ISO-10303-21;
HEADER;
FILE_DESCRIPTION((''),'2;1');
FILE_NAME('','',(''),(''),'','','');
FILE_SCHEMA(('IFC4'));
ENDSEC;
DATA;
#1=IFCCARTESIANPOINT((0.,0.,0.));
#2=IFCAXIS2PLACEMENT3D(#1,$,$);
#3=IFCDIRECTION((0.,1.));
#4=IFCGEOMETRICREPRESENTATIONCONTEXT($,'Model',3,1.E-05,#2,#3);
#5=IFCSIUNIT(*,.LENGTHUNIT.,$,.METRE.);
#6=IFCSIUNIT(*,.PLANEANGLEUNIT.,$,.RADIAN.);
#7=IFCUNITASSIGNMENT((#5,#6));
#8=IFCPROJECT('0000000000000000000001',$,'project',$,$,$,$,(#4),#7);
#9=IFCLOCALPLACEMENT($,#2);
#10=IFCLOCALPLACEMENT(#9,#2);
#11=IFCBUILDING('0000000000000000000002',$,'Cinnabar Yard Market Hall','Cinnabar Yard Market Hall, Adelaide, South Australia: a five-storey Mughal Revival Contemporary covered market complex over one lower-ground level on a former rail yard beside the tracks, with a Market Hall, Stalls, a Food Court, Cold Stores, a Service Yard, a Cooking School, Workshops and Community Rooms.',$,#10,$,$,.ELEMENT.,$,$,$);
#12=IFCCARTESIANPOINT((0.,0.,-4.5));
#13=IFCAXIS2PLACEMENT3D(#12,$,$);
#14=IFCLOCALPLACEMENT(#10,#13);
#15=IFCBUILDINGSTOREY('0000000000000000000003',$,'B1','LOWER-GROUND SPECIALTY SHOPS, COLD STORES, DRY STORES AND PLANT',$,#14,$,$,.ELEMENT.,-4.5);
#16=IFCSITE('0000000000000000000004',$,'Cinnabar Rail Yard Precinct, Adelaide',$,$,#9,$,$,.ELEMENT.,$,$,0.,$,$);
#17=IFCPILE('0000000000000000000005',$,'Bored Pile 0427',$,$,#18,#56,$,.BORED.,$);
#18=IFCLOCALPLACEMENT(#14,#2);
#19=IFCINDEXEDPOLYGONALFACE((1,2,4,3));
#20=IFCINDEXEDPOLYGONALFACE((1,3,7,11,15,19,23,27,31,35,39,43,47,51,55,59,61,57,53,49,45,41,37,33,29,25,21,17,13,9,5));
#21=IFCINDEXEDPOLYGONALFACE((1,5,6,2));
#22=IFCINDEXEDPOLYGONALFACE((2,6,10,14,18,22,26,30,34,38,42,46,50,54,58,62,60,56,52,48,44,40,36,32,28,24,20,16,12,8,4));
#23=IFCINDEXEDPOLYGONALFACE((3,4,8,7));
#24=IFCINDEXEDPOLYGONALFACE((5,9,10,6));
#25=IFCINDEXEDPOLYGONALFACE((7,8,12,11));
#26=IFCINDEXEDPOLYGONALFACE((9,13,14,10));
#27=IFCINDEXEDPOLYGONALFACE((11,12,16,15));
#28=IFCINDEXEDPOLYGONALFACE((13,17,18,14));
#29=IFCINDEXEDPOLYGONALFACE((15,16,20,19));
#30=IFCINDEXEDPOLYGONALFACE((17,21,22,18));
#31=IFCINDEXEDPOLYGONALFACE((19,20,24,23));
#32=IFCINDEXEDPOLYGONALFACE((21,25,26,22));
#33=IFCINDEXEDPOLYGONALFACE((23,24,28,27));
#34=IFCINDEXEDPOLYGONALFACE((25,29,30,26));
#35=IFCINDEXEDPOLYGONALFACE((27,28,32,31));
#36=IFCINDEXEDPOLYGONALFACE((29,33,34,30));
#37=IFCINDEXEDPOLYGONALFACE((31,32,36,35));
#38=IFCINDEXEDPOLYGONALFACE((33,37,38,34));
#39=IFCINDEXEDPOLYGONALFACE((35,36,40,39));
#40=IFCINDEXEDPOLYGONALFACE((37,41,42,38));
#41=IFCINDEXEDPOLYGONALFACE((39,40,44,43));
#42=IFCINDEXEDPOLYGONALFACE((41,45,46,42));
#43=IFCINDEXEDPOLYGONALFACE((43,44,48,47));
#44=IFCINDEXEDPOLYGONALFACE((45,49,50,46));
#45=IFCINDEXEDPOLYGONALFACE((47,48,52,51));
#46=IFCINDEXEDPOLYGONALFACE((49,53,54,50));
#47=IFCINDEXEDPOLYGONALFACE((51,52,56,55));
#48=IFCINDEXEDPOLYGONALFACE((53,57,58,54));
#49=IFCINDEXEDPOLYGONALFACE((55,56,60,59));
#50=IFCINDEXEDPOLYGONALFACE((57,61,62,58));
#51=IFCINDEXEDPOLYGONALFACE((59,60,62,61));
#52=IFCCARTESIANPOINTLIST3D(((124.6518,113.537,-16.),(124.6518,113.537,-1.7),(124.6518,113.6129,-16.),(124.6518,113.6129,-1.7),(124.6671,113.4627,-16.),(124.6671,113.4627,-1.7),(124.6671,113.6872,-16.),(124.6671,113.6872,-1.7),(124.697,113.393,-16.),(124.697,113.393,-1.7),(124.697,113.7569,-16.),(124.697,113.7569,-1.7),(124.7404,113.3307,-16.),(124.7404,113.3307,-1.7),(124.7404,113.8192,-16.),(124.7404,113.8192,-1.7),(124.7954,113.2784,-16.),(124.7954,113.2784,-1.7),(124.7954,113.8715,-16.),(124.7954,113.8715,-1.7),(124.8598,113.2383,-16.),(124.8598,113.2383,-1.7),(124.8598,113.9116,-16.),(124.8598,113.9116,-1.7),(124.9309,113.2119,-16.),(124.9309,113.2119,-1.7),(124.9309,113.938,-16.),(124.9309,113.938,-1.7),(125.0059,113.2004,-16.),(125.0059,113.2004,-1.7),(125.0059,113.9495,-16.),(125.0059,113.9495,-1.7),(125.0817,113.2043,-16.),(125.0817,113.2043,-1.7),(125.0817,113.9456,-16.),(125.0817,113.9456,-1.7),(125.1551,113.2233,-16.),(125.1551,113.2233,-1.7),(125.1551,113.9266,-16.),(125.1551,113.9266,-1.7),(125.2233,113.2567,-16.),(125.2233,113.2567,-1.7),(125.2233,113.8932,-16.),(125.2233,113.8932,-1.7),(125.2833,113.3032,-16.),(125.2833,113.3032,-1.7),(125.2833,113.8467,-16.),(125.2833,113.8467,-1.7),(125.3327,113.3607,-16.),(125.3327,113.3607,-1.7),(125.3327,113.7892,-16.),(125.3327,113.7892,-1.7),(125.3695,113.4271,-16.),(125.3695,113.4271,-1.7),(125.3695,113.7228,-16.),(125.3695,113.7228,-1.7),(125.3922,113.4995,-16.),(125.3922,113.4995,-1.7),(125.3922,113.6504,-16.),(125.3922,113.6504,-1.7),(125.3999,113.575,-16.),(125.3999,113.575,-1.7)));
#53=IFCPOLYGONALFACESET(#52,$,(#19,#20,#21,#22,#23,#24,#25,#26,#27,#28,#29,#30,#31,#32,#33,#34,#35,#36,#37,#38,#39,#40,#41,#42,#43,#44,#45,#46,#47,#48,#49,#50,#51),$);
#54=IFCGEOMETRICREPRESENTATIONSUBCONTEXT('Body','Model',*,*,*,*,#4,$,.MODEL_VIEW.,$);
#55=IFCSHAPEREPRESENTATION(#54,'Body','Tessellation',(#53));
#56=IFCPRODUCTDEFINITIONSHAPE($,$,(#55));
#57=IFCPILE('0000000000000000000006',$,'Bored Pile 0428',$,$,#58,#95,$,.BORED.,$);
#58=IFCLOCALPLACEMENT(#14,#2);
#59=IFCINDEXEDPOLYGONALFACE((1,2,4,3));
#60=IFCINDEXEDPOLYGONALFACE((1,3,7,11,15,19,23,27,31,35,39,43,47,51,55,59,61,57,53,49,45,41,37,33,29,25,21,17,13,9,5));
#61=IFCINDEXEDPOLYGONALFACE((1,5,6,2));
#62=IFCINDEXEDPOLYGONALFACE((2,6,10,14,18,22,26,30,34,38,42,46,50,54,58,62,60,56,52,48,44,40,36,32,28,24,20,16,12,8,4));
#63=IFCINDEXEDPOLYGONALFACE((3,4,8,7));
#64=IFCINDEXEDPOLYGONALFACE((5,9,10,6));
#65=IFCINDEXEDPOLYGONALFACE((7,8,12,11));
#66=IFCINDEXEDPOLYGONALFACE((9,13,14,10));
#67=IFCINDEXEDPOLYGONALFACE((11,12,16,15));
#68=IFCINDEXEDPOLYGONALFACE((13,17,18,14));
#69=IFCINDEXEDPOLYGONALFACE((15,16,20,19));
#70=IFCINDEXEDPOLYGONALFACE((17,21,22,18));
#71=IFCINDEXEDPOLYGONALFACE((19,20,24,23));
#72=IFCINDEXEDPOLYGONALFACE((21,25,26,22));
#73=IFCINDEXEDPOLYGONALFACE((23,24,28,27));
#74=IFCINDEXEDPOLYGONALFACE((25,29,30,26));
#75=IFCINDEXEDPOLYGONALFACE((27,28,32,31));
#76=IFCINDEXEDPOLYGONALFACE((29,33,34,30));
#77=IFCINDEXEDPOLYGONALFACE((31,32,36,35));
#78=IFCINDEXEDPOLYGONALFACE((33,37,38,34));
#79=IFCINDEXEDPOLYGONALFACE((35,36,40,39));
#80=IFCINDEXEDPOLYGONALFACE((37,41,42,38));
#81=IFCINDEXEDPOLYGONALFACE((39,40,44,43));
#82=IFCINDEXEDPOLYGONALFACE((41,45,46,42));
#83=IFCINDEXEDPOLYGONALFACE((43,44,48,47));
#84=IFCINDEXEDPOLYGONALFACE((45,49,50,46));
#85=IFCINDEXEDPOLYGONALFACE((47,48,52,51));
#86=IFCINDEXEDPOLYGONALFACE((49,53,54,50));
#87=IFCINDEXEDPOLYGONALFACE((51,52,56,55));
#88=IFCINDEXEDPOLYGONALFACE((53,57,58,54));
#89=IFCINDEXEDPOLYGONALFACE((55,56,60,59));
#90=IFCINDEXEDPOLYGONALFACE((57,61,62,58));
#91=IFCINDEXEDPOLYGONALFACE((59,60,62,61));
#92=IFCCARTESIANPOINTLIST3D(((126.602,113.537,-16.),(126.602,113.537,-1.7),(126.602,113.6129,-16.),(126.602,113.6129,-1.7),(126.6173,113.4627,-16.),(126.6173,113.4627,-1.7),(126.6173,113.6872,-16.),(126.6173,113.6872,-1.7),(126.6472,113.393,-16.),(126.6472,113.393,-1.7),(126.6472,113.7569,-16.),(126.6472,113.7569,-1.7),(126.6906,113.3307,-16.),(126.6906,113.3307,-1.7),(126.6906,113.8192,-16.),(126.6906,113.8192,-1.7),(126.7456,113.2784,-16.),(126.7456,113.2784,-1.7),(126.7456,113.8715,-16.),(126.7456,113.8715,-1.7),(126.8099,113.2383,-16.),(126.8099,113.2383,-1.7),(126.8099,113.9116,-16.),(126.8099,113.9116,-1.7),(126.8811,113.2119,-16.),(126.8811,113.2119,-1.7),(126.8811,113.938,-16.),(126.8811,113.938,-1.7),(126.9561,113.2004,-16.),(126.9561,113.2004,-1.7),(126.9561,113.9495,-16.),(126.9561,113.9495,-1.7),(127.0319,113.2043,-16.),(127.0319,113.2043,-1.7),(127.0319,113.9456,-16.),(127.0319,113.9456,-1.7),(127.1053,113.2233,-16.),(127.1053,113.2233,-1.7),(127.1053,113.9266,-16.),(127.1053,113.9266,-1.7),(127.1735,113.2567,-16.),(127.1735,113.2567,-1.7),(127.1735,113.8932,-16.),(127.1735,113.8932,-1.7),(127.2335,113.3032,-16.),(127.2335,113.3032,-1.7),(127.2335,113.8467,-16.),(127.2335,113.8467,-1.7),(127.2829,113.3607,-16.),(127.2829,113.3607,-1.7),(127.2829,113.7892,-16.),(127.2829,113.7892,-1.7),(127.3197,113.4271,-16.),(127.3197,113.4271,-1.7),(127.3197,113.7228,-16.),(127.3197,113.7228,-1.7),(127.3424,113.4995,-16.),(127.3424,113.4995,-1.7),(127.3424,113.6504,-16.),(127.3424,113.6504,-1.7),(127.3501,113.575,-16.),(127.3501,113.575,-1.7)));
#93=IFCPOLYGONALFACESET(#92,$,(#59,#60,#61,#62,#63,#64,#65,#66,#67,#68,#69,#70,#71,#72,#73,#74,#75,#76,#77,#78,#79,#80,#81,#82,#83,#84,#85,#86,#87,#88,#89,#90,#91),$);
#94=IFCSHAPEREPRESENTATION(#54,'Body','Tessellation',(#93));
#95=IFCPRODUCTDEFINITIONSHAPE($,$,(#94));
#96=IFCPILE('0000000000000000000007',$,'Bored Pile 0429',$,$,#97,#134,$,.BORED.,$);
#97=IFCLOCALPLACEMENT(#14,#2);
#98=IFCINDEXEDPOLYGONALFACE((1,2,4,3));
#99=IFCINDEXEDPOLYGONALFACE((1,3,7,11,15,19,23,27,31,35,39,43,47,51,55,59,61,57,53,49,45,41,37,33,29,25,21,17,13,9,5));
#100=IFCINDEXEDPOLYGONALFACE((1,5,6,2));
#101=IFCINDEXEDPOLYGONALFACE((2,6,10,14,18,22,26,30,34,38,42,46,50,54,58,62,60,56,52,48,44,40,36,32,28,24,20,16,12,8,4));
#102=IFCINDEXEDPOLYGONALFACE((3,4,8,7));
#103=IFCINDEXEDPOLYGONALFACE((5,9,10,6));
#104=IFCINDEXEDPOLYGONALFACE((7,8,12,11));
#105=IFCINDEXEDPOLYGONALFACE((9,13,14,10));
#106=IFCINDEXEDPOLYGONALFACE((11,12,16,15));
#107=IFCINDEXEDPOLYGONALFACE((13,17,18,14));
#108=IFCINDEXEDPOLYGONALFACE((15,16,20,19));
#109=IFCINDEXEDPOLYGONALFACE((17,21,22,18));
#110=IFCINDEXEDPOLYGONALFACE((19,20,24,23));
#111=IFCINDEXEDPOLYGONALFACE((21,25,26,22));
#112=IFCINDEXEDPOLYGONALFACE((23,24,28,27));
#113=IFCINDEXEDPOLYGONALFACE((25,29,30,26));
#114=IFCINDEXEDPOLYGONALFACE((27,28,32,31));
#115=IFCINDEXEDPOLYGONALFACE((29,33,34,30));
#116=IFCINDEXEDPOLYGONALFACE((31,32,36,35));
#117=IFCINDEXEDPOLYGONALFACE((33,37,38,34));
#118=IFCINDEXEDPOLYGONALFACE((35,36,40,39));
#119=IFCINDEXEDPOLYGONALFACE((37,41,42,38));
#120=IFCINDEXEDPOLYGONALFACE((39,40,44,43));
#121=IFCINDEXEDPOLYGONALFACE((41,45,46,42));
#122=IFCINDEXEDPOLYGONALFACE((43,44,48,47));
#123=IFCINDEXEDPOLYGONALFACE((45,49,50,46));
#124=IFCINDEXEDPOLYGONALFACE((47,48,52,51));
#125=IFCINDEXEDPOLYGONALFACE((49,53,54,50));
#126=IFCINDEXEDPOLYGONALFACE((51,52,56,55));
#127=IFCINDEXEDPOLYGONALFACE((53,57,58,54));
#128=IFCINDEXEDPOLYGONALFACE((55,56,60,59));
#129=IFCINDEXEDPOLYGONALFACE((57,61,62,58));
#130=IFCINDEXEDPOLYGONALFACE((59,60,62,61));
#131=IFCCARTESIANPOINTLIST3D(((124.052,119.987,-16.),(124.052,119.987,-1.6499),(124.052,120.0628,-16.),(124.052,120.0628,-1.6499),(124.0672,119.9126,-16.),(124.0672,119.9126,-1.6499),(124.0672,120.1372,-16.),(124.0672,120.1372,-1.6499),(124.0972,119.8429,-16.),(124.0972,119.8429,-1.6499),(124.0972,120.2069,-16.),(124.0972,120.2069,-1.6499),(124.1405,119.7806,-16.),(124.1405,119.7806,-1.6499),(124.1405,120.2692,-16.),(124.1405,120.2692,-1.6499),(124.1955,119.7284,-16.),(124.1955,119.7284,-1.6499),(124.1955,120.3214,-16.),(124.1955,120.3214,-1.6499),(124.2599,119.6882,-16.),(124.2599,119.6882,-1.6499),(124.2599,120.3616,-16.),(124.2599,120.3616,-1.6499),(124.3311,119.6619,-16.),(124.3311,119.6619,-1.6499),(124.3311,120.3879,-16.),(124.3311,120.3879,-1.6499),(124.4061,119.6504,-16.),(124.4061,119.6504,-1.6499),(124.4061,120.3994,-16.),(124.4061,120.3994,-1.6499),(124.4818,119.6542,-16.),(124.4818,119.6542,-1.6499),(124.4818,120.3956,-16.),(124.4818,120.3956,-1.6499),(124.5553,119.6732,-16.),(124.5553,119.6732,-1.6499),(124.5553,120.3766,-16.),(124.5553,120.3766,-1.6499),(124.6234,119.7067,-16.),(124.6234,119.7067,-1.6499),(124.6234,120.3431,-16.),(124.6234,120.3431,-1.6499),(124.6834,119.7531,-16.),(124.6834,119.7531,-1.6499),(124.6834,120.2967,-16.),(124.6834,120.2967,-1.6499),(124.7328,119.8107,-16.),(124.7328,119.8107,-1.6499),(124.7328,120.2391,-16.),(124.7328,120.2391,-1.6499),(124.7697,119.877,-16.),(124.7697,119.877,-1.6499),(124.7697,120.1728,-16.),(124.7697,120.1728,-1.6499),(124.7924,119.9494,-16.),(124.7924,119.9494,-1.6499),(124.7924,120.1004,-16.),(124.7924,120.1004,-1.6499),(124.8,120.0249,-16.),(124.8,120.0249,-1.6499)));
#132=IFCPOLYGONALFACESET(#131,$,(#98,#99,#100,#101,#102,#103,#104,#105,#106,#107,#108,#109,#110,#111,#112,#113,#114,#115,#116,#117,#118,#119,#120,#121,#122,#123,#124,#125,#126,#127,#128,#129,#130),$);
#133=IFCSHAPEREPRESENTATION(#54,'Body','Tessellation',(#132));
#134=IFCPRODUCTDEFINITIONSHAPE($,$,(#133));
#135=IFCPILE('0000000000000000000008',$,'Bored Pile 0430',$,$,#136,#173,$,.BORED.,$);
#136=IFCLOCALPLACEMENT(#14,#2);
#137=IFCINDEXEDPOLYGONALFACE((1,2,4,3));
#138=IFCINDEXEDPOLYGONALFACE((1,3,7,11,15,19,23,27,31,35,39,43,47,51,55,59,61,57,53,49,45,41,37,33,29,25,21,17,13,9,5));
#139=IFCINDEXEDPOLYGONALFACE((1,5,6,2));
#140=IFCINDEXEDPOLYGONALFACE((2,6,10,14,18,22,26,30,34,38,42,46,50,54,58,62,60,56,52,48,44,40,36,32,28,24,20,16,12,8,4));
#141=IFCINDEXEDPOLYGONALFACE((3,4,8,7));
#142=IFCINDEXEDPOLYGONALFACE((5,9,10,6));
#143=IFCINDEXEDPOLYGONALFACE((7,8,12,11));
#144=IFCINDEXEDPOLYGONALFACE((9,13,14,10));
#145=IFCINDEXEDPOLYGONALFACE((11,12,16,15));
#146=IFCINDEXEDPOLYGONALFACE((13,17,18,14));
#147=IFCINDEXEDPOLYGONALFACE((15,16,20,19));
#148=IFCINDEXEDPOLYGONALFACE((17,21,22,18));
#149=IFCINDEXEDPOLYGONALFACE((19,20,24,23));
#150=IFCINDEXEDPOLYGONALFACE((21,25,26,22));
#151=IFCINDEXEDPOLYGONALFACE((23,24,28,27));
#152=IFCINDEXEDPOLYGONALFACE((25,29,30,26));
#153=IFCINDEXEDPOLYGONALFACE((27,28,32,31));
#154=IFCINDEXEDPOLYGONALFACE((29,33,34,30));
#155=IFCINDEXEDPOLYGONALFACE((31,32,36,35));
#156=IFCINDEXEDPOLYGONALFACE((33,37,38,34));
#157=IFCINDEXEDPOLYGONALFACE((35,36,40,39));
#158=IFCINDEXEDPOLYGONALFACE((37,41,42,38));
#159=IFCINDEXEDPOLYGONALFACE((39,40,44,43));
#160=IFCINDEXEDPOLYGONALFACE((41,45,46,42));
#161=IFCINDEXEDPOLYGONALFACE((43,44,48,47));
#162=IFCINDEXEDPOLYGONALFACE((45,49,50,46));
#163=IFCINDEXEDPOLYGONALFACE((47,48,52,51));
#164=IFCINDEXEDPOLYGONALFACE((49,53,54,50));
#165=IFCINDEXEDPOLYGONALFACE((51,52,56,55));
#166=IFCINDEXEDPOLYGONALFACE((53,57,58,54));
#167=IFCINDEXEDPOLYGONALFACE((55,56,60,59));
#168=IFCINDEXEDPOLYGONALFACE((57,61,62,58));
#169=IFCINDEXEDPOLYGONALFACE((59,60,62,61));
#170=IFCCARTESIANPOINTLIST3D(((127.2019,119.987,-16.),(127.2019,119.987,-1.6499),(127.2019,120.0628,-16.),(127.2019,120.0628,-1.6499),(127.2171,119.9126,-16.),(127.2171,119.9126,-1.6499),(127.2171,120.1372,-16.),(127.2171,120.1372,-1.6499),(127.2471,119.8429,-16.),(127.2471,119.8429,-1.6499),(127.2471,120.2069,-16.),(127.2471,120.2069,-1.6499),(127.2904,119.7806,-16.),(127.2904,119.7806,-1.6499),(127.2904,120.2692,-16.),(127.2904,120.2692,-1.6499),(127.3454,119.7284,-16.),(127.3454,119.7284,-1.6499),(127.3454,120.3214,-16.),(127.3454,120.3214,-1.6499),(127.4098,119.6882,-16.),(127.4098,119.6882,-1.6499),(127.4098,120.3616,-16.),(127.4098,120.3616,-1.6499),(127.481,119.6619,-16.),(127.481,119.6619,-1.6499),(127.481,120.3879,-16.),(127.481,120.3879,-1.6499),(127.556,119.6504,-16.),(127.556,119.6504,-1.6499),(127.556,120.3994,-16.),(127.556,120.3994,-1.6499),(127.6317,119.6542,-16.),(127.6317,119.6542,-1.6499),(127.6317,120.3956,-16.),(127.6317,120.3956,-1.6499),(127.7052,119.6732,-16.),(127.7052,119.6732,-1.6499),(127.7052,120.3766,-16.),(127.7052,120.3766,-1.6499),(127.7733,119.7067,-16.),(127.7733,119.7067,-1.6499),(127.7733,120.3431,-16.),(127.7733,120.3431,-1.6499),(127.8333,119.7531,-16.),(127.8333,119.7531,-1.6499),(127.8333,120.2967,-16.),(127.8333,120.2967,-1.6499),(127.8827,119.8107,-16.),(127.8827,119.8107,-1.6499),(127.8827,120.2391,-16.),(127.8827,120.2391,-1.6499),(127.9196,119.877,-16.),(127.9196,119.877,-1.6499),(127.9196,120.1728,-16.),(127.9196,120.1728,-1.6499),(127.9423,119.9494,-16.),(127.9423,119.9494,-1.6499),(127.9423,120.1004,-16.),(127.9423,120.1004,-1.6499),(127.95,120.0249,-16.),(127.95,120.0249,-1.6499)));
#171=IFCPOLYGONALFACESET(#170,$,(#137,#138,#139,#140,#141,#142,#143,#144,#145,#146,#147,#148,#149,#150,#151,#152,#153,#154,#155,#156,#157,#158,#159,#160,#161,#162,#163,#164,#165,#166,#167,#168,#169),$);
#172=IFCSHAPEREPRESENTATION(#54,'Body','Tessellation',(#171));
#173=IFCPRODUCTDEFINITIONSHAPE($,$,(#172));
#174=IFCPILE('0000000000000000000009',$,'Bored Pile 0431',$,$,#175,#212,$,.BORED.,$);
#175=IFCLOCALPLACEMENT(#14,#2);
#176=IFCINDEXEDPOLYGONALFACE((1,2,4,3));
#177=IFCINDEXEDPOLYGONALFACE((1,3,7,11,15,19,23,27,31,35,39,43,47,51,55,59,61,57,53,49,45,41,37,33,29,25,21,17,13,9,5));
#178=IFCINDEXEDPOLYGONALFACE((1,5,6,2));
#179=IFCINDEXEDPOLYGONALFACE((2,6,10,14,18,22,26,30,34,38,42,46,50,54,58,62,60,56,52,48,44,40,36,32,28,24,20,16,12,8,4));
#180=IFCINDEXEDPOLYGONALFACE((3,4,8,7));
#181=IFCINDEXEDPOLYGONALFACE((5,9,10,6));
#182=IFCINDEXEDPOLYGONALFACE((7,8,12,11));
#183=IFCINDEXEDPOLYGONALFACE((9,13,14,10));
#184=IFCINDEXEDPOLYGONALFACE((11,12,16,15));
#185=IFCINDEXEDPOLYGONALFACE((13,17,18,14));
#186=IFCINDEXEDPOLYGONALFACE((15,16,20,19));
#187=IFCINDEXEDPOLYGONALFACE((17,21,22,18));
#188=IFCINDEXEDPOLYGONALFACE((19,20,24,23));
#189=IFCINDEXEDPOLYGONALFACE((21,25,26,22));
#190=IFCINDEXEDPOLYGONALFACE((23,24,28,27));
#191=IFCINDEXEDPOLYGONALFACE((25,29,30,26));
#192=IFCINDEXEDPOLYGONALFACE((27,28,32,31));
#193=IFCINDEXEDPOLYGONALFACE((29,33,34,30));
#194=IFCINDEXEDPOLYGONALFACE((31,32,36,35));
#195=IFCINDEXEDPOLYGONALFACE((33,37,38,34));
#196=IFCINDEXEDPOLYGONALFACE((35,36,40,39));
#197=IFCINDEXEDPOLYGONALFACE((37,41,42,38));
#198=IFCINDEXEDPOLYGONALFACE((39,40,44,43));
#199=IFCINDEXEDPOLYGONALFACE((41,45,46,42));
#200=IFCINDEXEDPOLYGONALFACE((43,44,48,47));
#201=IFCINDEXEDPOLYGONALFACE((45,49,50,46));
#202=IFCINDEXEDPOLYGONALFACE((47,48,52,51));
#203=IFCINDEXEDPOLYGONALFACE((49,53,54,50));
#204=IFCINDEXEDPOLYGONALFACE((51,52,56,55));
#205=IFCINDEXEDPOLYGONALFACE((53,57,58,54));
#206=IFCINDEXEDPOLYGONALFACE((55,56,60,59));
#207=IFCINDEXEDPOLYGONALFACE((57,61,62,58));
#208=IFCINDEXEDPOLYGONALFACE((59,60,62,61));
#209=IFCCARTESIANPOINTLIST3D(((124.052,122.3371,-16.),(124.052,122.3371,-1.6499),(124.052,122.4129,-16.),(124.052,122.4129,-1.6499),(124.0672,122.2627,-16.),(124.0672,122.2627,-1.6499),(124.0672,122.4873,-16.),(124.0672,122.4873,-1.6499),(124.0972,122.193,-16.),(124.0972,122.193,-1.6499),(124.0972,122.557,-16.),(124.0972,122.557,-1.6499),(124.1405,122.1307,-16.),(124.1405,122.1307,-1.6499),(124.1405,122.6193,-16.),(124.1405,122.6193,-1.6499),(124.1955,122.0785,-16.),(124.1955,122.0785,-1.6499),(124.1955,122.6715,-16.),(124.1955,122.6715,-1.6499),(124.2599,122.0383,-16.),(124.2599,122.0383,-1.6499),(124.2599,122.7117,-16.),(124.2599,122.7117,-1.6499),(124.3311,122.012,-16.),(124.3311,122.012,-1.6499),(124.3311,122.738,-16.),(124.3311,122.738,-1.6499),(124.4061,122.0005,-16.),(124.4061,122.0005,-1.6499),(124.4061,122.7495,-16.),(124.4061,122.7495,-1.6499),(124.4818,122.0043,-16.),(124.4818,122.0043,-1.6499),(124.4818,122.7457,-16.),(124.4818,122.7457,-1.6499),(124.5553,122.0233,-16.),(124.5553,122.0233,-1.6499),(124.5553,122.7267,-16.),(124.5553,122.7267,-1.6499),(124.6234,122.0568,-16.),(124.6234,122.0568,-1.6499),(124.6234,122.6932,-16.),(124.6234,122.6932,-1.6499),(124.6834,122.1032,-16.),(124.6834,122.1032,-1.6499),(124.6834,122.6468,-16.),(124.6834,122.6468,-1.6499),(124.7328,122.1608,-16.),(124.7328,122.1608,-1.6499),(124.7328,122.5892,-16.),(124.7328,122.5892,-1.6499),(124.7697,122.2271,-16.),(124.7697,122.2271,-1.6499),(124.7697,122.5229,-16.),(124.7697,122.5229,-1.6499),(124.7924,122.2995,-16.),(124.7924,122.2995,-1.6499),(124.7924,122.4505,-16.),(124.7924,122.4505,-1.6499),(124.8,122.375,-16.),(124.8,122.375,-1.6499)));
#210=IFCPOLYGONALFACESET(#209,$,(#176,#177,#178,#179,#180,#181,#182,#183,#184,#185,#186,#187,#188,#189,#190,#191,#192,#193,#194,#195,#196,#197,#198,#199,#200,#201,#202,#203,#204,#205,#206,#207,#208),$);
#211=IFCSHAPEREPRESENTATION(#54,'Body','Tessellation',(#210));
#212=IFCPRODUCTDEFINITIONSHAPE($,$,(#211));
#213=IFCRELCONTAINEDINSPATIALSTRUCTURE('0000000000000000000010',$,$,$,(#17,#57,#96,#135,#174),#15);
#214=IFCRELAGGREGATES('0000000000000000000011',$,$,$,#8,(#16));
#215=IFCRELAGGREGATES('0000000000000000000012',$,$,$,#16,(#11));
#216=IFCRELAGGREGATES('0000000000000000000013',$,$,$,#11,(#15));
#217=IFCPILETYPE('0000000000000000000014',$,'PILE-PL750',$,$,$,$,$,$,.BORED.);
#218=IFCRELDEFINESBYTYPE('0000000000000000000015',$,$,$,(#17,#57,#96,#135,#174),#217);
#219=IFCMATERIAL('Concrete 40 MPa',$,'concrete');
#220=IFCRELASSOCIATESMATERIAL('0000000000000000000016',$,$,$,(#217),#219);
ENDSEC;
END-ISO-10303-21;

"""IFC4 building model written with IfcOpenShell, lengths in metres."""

from ifc_helpers import new_model, si_unit, direction, frame, origin, origin_2d_with_axis, place, context, subcontext, project, spatial, circle, extrude, material, material_profile, profile_set, type_object, element, save


model = new_model("IFC4")

# Units and contexts
model_context = context("Model", 3, precision=1e-05, world=origin(), true_north=direction((0.0, 1.0)))
body_context = subcontext(model_context, "Body", "Model", "MODEL_VIEW")
ifc_project = project(units=[si_unit("LENGTHUNIT", "METRE"), si_unit("PLANEANGLEUNIT", "RADIAN")], contexts=[model_context])

# Site, building, storey
site_placement = place(None, origin())
site = spatial("IfcSite", under=ifc_project, at=site_placement, Name="Cinnabar Rail Yard Precinct, Adelaide", CompositionType="ELEMENT", RefElevation=0.0)
building_placement = place(site_placement, origin())
building = spatial("IfcBuilding", under=site, at=building_placement, Name="Cinnabar Yard Market Hall", Description="Cinnabar Yard Market Hall, Adelaide, South Australia: a five-storey Mughal Revival Contemporary covered market complex over one lower-ground level on a former rail yard beside the tracks, with a Market Hall, Stalls, a Food Court, Cold Stores, a Service Yard, a Cooking School, Workshops and Community Rooms.", CompositionType="ELEMENT")
storey_placement = place(building_placement, frame((0.0, 0.0, -4.5)))
storey = spatial("IfcBuildingStorey", under=building, at=storey_placement, Name="B1", Description="LOWER-GROUND SPECIALTY SHOPS, COLD STORES, DRY STORES AND PLANT", CompositionType="ELEMENT", Elevation=-4.5)

# Shared definitions
ifc_material_1 = material(Name="Concrete 40 MPa", Category="concrete")

# Piles
ifc_material_profile_1 = material_profile(ifc_material_1, circle(Radius=0.375, at=origin_2d_with_axis()), Name="PILE-D750")
ifc_profile_set_1 = profile_set([ifc_material_profile_1], Name="Concrete 40 MPa")
pile_type_1 = type_object("IfcPileType", Name="PILE-PL750", PredefinedType="BORED", material=ifc_profile_set_1)
for number, where, z_axis, x_axis, name in (
    (1, (125.0249, 113.575, -1.7), (0.0, 0.0, -1.0), (1.0, 0.0, 0.0), "Bored Pile 0427"),
    (2, (126.9751, 113.575, -1.7), (0.0, 0.0, -1.0), (1.0, 0.0, 0.0), "Bored Pile 0428"),
):
    element("IfcPile", number, at=place(storey_placement, frame(where, z_axis=z_axis, x_axis=x_axis)), inside=storey, type_object=pile_type_1, Name=name, PredefinedType="BORED", context=body_context, shape_type="SweptSolid", body=[
        extrude(circle(Radius=0.375, at=origin_2d_with_axis()), origin(), (0.0, 0.0, 1.0), 14.3),
    ])
for number, where, z_axis, x_axis, name in (
    (3, (124.425, 120.0249, -1.6499), (0.0, 0.0, -1.0), (1.0, 0.0, 0.0), "Bored Pile 0429"),
    (4, (127.575, 120.0249, -1.6499), (0.0, 0.0, -1.0), (1.0, 0.0, 0.0), "Bored Pile 0430"),
    (5, (124.425, 122.375, -1.6499), (0.0, 0.0, -1.0), (1.0, 0.0, 0.0), "Bored Pile 0431"),
):
    element("IfcPile", number, at=place(storey_placement, frame(where, z_axis=z_axis, x_axis=x_axis)), inside=storey, type_object=pile_type_1, Name=name, PredefinedType="BORED", context=body_context, shape_type="SweptSolid", body=[
        extrude(circle(Radius=0.375, at=origin_2d_with_axis()), origin(), (0.0, 0.0, 1.0), 14.3501),
    ])

save(model, "model.ifc")
